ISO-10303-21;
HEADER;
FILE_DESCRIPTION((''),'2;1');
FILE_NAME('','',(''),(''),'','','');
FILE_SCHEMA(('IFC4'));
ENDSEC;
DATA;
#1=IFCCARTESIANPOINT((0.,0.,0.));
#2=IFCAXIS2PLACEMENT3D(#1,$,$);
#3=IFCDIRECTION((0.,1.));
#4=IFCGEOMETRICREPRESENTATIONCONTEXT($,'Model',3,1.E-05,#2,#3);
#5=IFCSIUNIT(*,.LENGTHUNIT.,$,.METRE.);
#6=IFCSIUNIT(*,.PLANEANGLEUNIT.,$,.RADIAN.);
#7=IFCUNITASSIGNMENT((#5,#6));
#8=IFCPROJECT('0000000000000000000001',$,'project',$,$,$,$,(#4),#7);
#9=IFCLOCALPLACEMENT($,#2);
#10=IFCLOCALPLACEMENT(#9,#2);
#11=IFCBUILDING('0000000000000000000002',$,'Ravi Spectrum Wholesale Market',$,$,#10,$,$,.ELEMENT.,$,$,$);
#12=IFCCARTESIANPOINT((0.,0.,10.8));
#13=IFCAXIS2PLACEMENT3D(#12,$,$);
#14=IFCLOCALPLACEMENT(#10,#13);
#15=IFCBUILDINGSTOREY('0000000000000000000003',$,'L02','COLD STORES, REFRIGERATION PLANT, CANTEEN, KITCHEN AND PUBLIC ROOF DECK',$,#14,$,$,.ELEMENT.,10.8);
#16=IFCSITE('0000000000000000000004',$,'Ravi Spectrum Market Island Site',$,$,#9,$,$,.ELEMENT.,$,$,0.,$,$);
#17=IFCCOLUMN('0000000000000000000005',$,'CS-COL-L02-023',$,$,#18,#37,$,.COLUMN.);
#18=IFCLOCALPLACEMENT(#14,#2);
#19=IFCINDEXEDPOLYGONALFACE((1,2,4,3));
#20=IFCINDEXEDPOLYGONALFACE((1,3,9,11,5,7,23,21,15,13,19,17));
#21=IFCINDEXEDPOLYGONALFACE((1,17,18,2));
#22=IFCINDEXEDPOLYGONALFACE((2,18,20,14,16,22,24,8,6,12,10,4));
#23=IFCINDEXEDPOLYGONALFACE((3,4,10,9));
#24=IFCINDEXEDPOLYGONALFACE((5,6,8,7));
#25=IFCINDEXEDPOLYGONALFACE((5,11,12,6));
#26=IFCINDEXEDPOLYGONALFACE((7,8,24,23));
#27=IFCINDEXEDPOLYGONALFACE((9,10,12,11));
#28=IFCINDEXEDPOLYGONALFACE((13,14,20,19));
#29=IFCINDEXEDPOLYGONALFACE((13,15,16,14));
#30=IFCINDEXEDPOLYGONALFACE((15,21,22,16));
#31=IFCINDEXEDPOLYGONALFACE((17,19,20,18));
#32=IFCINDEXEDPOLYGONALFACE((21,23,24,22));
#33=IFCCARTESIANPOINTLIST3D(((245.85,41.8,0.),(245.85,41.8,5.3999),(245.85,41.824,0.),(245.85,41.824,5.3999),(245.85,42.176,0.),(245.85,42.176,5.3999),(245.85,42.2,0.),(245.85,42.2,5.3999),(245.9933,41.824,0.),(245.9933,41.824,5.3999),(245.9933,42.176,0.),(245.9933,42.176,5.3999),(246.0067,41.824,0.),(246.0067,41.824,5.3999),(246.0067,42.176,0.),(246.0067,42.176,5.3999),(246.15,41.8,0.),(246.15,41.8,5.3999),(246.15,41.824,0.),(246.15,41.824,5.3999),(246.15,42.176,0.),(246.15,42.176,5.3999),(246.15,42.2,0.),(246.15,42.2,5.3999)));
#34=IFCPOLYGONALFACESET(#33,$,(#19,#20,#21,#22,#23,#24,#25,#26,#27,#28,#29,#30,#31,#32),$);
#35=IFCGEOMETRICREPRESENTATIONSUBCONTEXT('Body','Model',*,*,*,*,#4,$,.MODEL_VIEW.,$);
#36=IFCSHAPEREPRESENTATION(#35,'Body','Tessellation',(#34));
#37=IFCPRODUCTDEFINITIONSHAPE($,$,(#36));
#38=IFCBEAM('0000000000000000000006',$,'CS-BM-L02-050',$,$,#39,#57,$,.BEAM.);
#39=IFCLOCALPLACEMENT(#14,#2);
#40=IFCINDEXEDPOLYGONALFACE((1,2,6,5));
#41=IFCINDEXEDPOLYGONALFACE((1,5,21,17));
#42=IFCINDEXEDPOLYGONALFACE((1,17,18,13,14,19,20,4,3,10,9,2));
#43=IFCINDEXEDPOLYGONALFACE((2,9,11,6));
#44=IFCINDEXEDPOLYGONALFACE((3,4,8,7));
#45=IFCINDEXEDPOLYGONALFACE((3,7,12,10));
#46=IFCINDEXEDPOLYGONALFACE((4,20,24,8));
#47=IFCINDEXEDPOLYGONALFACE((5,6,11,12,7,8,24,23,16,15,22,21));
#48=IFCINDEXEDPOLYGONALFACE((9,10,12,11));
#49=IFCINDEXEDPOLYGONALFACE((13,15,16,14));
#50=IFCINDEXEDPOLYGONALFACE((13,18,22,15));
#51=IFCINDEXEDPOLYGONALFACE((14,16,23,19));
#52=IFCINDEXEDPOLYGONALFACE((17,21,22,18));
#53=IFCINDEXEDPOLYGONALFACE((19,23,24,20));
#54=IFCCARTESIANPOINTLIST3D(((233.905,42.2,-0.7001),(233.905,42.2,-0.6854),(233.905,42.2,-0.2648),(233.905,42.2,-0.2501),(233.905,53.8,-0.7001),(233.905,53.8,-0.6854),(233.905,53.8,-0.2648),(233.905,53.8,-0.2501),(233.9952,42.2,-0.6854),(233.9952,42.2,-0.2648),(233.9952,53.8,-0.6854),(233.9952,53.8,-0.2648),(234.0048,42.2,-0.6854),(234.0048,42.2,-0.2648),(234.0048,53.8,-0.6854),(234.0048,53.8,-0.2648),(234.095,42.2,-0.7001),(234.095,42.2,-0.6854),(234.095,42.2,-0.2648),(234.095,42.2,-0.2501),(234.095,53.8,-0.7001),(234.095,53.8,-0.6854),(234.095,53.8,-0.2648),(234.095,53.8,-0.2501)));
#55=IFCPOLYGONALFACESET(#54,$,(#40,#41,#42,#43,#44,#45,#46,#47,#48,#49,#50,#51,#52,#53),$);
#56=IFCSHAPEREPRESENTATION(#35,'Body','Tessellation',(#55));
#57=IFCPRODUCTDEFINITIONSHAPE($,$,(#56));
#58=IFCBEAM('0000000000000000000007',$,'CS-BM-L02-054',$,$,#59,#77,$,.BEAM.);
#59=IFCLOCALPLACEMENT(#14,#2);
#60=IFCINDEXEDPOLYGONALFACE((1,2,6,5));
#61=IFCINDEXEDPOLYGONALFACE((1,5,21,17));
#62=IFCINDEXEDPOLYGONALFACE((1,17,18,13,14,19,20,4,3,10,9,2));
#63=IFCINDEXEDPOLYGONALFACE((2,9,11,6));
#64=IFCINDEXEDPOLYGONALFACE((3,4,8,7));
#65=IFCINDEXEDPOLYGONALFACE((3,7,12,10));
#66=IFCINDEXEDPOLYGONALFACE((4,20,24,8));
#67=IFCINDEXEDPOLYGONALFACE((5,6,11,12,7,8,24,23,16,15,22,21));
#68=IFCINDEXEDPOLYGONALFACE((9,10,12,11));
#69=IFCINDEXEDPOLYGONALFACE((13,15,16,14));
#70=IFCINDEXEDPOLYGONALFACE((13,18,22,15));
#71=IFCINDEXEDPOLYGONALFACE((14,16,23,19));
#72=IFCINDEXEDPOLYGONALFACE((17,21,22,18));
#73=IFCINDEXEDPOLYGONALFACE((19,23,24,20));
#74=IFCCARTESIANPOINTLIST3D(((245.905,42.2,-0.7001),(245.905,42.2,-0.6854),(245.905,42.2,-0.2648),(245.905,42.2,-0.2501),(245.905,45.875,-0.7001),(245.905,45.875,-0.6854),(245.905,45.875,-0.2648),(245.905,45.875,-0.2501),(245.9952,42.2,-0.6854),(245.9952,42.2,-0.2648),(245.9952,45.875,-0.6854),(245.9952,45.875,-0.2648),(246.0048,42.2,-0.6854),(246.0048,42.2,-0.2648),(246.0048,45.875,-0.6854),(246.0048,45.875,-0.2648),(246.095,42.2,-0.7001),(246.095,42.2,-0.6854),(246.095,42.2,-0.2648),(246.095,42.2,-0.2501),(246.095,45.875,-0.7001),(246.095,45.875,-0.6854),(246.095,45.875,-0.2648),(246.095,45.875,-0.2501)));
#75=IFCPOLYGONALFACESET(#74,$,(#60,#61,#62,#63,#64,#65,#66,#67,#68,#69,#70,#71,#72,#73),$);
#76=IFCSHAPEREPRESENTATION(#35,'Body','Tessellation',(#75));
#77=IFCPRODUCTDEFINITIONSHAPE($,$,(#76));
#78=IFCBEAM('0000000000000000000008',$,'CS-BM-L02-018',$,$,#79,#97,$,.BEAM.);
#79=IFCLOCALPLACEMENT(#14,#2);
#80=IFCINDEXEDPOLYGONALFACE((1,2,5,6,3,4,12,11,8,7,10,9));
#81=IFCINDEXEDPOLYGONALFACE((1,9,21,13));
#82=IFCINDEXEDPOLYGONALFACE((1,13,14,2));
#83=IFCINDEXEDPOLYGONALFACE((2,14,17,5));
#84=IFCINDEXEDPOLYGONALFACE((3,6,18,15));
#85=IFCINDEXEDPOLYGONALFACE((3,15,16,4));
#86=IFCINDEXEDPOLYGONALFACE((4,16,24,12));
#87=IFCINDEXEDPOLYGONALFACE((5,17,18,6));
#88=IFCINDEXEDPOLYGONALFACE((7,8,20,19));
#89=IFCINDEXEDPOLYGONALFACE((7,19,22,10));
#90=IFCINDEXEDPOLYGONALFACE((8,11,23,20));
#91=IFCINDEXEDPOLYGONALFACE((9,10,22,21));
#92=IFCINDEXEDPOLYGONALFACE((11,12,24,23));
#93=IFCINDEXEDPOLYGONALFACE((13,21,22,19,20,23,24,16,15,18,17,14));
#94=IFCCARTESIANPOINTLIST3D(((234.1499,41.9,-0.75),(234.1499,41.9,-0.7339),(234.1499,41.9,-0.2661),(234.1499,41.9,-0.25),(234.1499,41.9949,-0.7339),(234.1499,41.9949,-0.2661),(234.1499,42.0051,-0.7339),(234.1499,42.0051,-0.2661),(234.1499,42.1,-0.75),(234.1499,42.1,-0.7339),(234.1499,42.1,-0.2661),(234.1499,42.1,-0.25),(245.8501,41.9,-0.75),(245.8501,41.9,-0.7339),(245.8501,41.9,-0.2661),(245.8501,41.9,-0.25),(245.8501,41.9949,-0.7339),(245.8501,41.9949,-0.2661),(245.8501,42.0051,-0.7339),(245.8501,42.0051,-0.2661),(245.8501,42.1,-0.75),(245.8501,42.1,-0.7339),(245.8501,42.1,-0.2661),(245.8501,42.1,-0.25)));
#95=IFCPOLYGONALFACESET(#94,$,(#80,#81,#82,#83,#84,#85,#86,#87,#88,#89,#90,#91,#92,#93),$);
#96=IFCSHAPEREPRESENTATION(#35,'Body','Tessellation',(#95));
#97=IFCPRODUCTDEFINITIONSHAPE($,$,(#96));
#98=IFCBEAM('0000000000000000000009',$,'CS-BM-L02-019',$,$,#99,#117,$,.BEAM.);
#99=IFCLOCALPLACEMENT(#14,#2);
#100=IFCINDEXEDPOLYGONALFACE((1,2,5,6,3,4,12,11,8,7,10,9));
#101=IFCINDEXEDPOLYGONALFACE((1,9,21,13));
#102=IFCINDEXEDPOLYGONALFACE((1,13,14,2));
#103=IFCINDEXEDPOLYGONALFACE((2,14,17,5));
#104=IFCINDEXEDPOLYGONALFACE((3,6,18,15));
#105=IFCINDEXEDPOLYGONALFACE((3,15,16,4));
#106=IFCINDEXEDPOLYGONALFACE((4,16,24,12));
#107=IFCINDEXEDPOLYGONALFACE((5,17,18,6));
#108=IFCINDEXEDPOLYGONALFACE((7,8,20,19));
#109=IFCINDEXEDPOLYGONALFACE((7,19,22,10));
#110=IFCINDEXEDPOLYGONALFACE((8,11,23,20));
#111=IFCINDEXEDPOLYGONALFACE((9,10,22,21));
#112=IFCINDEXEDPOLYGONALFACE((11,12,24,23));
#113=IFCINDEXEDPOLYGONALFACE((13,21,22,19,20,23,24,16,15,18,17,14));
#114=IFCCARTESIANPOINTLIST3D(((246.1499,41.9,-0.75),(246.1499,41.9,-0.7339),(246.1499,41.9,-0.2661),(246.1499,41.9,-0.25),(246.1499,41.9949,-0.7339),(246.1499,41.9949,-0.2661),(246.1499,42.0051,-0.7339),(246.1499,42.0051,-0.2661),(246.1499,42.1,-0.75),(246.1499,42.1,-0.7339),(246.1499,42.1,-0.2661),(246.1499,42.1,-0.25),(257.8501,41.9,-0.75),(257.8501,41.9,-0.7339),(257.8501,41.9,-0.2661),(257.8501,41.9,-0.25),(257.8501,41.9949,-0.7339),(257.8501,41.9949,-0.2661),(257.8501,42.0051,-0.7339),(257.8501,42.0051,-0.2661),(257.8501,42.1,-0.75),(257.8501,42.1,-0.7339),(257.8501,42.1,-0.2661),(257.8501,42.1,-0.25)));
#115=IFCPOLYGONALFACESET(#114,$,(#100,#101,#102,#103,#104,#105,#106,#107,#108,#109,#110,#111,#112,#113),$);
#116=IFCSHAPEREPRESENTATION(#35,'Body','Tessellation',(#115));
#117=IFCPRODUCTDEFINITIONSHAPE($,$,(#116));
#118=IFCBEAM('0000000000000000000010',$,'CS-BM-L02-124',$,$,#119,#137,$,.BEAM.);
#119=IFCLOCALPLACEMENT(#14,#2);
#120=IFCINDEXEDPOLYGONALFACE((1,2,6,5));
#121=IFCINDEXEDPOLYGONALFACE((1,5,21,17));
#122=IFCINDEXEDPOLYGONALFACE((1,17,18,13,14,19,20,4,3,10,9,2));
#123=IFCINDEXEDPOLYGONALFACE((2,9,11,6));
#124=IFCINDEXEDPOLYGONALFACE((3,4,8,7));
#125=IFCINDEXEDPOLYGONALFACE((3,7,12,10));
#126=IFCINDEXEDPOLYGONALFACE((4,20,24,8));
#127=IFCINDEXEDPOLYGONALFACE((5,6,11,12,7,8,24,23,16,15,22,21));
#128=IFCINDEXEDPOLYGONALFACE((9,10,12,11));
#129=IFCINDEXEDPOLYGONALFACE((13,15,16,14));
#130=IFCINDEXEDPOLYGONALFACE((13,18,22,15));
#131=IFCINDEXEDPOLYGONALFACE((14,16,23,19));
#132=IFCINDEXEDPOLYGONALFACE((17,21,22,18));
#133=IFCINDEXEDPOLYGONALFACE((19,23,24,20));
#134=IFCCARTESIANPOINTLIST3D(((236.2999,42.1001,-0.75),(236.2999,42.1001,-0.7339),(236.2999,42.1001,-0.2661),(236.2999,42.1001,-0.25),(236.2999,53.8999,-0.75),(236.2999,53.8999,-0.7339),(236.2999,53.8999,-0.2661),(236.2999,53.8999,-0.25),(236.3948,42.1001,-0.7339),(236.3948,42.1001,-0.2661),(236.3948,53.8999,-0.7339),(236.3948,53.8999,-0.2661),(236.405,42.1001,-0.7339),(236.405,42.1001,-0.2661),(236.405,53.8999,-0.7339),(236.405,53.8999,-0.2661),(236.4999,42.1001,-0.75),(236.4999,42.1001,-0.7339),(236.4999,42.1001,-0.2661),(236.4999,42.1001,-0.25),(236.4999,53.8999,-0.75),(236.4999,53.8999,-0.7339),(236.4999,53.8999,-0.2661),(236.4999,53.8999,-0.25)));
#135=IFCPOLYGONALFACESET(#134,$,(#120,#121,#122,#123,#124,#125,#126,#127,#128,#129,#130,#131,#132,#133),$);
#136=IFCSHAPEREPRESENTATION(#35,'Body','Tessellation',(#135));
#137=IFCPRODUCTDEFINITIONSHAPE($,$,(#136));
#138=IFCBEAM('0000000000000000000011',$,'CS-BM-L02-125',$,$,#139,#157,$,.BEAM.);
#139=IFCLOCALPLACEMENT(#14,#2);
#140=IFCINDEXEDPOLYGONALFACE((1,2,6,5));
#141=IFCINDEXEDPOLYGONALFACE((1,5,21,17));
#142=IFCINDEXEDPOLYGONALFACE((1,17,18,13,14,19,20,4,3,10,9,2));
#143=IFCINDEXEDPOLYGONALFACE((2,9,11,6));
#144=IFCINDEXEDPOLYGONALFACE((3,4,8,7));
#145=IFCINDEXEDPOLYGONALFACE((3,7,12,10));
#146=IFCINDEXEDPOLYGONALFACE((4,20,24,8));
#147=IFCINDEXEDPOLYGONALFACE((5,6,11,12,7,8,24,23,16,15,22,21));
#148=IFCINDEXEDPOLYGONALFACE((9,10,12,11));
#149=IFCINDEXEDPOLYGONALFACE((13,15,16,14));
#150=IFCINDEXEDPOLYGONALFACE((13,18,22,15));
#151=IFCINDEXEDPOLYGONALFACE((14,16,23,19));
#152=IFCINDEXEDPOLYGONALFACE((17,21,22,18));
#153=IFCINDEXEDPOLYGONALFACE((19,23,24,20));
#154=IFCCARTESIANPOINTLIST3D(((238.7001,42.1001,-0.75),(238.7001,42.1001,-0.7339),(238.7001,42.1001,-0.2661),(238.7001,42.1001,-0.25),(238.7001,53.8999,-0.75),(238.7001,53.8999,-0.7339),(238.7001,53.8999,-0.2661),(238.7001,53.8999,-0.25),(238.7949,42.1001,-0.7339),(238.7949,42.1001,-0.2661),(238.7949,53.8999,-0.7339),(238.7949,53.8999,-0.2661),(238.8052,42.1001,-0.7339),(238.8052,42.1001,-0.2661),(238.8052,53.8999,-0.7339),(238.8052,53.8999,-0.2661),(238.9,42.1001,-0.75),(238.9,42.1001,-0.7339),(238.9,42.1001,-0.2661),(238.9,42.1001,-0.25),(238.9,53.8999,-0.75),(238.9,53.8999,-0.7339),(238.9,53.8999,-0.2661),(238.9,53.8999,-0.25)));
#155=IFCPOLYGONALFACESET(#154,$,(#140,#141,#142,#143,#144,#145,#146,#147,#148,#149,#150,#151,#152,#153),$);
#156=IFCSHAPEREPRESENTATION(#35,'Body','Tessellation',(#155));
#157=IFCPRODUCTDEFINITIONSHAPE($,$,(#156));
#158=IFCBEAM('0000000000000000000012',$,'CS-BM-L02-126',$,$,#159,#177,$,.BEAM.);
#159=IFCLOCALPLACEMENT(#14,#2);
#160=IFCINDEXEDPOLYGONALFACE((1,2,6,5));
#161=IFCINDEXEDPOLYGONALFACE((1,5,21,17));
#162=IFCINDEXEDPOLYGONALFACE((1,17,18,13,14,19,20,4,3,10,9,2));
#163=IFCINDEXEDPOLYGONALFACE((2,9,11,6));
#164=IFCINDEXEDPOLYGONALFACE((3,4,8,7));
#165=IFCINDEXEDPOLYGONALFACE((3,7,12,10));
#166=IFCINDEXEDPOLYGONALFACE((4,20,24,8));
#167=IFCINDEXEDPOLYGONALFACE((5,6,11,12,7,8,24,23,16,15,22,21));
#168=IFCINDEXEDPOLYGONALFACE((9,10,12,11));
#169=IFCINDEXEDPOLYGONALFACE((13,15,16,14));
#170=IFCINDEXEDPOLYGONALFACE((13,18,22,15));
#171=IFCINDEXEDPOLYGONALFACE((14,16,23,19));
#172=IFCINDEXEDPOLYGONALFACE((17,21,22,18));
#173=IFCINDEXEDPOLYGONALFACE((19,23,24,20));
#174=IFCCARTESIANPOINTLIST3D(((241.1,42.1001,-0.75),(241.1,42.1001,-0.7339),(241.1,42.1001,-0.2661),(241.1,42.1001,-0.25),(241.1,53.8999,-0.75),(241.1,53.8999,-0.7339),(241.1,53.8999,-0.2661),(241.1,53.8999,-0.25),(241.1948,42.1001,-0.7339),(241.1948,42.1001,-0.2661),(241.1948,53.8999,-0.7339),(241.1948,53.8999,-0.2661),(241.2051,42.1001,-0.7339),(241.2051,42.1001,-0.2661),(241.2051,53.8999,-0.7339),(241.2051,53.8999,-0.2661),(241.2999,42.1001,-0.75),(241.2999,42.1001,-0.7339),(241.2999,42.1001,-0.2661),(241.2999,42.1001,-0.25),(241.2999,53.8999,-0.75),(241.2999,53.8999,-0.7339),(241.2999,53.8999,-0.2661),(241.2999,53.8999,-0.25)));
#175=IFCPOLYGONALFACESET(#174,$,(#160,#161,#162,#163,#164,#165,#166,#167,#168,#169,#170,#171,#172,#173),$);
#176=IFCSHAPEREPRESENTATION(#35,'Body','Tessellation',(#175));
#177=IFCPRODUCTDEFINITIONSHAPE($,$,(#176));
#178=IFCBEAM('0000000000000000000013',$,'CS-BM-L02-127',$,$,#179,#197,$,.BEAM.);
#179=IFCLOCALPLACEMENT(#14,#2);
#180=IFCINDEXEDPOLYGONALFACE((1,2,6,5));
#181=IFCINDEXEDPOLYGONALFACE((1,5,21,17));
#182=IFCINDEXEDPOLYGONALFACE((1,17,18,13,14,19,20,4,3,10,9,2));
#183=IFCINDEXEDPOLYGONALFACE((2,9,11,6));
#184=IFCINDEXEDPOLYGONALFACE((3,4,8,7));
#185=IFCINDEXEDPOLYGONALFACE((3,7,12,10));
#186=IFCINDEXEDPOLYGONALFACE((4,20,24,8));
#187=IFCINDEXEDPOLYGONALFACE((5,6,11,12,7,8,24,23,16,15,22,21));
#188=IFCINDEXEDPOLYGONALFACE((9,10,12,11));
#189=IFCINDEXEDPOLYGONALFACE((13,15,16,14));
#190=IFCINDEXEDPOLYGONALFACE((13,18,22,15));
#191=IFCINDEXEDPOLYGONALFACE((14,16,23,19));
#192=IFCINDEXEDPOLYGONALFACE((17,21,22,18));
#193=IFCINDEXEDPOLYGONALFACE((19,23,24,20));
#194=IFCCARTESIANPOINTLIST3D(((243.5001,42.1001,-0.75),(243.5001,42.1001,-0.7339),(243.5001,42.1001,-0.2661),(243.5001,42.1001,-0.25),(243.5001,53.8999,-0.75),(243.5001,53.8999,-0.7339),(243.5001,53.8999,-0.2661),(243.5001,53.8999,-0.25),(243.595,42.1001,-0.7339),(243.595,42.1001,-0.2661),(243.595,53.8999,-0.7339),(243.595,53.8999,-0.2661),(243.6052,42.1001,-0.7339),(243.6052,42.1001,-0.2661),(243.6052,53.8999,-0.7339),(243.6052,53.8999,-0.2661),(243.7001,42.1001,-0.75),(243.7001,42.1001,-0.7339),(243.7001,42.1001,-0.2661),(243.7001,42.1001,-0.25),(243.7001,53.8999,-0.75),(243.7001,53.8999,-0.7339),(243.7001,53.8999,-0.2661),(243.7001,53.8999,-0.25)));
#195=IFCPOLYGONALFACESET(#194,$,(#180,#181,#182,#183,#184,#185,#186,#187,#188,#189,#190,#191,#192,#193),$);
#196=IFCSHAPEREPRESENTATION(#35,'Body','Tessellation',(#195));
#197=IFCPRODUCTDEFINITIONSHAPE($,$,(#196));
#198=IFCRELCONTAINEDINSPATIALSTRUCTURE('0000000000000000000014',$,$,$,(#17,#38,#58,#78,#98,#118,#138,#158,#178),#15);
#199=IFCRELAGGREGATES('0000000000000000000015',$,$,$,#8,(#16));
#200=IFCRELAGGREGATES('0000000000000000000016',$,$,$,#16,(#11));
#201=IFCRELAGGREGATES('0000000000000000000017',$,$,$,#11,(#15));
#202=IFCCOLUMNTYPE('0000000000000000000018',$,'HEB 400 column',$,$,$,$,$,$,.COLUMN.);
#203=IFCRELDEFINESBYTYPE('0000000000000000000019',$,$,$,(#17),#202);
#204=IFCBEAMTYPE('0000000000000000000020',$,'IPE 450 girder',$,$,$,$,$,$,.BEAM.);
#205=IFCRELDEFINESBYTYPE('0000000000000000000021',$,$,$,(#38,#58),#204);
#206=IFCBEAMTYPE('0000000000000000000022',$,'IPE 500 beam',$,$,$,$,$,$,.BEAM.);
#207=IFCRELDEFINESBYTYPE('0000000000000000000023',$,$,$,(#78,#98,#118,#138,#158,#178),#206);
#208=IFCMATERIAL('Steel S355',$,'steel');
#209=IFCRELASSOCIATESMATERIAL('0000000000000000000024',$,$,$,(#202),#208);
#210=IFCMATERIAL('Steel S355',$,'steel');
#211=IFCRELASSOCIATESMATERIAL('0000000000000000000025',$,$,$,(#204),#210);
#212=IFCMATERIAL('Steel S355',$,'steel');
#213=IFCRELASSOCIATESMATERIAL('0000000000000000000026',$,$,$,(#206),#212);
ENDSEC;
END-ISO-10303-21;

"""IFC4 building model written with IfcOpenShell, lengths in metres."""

from ifc_helpers import new_model, si_unit, direction, frame, origin, origin_2d, place, context, subcontext, project, spatial, i_section, extrude, material, material_profile, profile_set, type_object, element, save


model = new_model("IFC4")

# Units and contexts
model_context = context("Model", 3, precision=1e-05, world=origin(), true_north=direction((0.0, 1.0)))
body_context = subcontext(model_context, "Body", "Model", "MODEL_VIEW")
ifc_project = project(units=[si_unit("LENGTHUNIT", "METRE"), si_unit("PLANEANGLEUNIT", "RADIAN")], contexts=[model_context])

# Site, building, storey
site_placement = place(None, origin())
site = spatial("IfcSite", under=ifc_project, at=site_placement, Name="Ravi Spectrum Market Island Site", CompositionType="ELEMENT", RefElevation=0.0)
building_placement = place(site_placement, origin())
building = spatial("IfcBuilding", under=site, at=building_placement, Name="Ravi Spectrum Wholesale Market", CompositionType="ELEMENT")
storey_placement = place(building_placement, frame((0.0, 0.0, 10.8)))
storey = spatial("IfcBuildingStorey", under=building, at=storey_placement, Name="L02", Description="COLD STORES, REFRIGERATION PLANT, CANTEEN, KITCHEN AND PUBLIC ROOF DECK", CompositionType="ELEMENT", Elevation=10.8)

# Column
ifc_material_1 = material(Name="Steel S355", Category="steel")
ifc_material_profile_1 = material_profile(ifc_material_1, i_section(OverallWidth=0.3, OverallDepth=0.3999, WebThickness=0.0134, FlangeThickness=0.0239, at=origin_2d()))
ifc_profile_set_1 = profile_set([ifc_material_profile_1], Name="Steel S355")
column_type = type_object("IfcColumnType", Name="HEB 400 column", PredefinedType="COLUMN", material=ifc_profile_set_1)
column_placement = place(storey_placement, frame((246.0, 42.0, 0.0), z_axis=(0.0, 0.0, 1.0), x_axis=(1.0, 0.0, 0.0)))
element("IfcColumn", 1, at=column_placement, inside=storey, type_object=column_type, Name="CS-COL-L02-023", PredefinedType="COLUMN", context=body_context, shape_type="SweptSolid", body=[
    extrude(i_section(OverallWidth=0.3, OverallDepth=0.3999, WebThickness=0.0134, FlangeThickness=0.0239, at=origin_2d()), origin(), (0.0, 0.0, 1.0), 5.3999),
])

# Beams
ifc_material_2 = material(Name="Steel S355", Category="steel")
ifc_material_profile_2 = material_profile(ifc_material_2, i_section(OverallWidth=0.1899, OverallDepth=0.45, WebThickness=0.0095, FlangeThickness=0.0146, at=origin_2d()))
ifc_profile_set_2 = profile_set([ifc_material_profile_2], Name="Steel S355")
beam_type_1 = type_object("IfcBeamType", Name="IPE 450 girder", PredefinedType="BEAM", material=ifc_profile_set_2)
beam_1_placement = place(storey_placement, frame((234.0, 42.2, -0.4751), z_axis=(0.0, 1.0, 0.0), x_axis=(-1.0, 0.0, 0.0)))
element("IfcBeam", 2, at=beam_1_placement, inside=storey, type_object=beam_type_1, Name="CS-BM-L02-050", PredefinedType="BEAM", context=body_context, shape_type="SweptSolid", body=[
    extrude(i_section(OverallWidth=0.1899, OverallDepth=0.45, WebThickness=0.0095, FlangeThickness=0.0146, at=origin_2d()), origin(), (0.0, 0.0, 1.0), 11.6001),
])
beam_2_placement = place(storey_placement, frame((246.0, 42.2, -0.4751), z_axis=(0.0, 1.0, 0.0), x_axis=(-1.0, 0.0, 0.0)))
element("IfcBeam", 3, at=beam_2_placement, inside=storey, type_object=beam_type_1, Name="CS-BM-L02-054", PredefinedType="BEAM", context=body_context, shape_type="SweptSolid", body=[
    extrude(i_section(OverallWidth=0.1899, OverallDepth=0.45, WebThickness=0.0095, FlangeThickness=0.0146, at=origin_2d()), origin(), (0.0, 0.0, 1.0), 3.675),
])
ifc_material_3 = material(Name="Steel S355", Category="steel")
ifc_material_profile_3 = material_profile(ifc_material_3, i_section(OverallWidth=0.2, OverallDepth=0.5, WebThickness=0.0103, FlangeThickness=0.0161, at=origin_2d()))
ifc_profile_set_3 = profile_set([ifc_material_profile_3], Name="Steel S355")
beam_type_2 = type_object("IfcBeamType", Name="IPE 500 beam", PredefinedType="BEAM", material=ifc_profile_set_3)
for number, where, z_axis, x_axis, name in (
    (4, (234.1499, 42.0, -0.5), (1.0, 0.0, 0.0), (0.0, 1.0, 0.0), "CS-BM-L02-018"),
    (5, (246.1499, 42.0, -0.5), (1.0, 0.0, 0.0), (0.0, 1.0, 0.0), "CS-BM-L02-019"),
):
    element("IfcBeam", number, at=place(storey_placement, frame(where, z_axis=z_axis, x_axis=x_axis)), inside=storey, type_object=beam_type_2, Name=name, PredefinedType="BEAM", context=body_context, shape_type="SweptSolid", body=[
        extrude(i_section(OverallWidth=0.2, OverallDepth=0.5, WebThickness=0.0103, FlangeThickness=0.0161, at=origin_2d()), origin(), (0.0, 0.0, 1.0), 11.7002),
    ])
for number, where, z_axis, x_axis, name in (
    (6, (236.3999, 42.1001, -0.5), (0.0, 1.0, 0.0), (-1.0, 0.0, 0.0), "CS-BM-L02-124"),
    (7, (238.8, 42.1001, -0.5), (0.0, 1.0, 0.0), (-1.0, 0.0, 0.0), "CS-BM-L02-125"),
    (8, (241.2, 42.1001, -0.5), (0.0, 1.0, 0.0), (-1.0, 0.0, 0.0), "CS-BM-L02-126"),
    (9, (243.6001, 42.1001, -0.5), (0.0, 1.0, 0.0), (-1.0, 0.0, 0.0), "CS-BM-L02-127"),
):
    element("IfcBeam", number, at=place(storey_placement, frame(where, z_axis=z_axis, x_axis=x_axis)), inside=storey, type_object=beam_type_2, Name=name, PredefinedType="BEAM", context=body_context, shape_type="SweptSolid", body=[
        extrude(i_section(OverallWidth=0.2, OverallDepth=0.5, WebThickness=0.0103, FlangeThickness=0.0161, at=origin_2d()), origin(), (0.0, 0.0, 1.0), 11.7998),
    ])

save(model, "model.ifc")
